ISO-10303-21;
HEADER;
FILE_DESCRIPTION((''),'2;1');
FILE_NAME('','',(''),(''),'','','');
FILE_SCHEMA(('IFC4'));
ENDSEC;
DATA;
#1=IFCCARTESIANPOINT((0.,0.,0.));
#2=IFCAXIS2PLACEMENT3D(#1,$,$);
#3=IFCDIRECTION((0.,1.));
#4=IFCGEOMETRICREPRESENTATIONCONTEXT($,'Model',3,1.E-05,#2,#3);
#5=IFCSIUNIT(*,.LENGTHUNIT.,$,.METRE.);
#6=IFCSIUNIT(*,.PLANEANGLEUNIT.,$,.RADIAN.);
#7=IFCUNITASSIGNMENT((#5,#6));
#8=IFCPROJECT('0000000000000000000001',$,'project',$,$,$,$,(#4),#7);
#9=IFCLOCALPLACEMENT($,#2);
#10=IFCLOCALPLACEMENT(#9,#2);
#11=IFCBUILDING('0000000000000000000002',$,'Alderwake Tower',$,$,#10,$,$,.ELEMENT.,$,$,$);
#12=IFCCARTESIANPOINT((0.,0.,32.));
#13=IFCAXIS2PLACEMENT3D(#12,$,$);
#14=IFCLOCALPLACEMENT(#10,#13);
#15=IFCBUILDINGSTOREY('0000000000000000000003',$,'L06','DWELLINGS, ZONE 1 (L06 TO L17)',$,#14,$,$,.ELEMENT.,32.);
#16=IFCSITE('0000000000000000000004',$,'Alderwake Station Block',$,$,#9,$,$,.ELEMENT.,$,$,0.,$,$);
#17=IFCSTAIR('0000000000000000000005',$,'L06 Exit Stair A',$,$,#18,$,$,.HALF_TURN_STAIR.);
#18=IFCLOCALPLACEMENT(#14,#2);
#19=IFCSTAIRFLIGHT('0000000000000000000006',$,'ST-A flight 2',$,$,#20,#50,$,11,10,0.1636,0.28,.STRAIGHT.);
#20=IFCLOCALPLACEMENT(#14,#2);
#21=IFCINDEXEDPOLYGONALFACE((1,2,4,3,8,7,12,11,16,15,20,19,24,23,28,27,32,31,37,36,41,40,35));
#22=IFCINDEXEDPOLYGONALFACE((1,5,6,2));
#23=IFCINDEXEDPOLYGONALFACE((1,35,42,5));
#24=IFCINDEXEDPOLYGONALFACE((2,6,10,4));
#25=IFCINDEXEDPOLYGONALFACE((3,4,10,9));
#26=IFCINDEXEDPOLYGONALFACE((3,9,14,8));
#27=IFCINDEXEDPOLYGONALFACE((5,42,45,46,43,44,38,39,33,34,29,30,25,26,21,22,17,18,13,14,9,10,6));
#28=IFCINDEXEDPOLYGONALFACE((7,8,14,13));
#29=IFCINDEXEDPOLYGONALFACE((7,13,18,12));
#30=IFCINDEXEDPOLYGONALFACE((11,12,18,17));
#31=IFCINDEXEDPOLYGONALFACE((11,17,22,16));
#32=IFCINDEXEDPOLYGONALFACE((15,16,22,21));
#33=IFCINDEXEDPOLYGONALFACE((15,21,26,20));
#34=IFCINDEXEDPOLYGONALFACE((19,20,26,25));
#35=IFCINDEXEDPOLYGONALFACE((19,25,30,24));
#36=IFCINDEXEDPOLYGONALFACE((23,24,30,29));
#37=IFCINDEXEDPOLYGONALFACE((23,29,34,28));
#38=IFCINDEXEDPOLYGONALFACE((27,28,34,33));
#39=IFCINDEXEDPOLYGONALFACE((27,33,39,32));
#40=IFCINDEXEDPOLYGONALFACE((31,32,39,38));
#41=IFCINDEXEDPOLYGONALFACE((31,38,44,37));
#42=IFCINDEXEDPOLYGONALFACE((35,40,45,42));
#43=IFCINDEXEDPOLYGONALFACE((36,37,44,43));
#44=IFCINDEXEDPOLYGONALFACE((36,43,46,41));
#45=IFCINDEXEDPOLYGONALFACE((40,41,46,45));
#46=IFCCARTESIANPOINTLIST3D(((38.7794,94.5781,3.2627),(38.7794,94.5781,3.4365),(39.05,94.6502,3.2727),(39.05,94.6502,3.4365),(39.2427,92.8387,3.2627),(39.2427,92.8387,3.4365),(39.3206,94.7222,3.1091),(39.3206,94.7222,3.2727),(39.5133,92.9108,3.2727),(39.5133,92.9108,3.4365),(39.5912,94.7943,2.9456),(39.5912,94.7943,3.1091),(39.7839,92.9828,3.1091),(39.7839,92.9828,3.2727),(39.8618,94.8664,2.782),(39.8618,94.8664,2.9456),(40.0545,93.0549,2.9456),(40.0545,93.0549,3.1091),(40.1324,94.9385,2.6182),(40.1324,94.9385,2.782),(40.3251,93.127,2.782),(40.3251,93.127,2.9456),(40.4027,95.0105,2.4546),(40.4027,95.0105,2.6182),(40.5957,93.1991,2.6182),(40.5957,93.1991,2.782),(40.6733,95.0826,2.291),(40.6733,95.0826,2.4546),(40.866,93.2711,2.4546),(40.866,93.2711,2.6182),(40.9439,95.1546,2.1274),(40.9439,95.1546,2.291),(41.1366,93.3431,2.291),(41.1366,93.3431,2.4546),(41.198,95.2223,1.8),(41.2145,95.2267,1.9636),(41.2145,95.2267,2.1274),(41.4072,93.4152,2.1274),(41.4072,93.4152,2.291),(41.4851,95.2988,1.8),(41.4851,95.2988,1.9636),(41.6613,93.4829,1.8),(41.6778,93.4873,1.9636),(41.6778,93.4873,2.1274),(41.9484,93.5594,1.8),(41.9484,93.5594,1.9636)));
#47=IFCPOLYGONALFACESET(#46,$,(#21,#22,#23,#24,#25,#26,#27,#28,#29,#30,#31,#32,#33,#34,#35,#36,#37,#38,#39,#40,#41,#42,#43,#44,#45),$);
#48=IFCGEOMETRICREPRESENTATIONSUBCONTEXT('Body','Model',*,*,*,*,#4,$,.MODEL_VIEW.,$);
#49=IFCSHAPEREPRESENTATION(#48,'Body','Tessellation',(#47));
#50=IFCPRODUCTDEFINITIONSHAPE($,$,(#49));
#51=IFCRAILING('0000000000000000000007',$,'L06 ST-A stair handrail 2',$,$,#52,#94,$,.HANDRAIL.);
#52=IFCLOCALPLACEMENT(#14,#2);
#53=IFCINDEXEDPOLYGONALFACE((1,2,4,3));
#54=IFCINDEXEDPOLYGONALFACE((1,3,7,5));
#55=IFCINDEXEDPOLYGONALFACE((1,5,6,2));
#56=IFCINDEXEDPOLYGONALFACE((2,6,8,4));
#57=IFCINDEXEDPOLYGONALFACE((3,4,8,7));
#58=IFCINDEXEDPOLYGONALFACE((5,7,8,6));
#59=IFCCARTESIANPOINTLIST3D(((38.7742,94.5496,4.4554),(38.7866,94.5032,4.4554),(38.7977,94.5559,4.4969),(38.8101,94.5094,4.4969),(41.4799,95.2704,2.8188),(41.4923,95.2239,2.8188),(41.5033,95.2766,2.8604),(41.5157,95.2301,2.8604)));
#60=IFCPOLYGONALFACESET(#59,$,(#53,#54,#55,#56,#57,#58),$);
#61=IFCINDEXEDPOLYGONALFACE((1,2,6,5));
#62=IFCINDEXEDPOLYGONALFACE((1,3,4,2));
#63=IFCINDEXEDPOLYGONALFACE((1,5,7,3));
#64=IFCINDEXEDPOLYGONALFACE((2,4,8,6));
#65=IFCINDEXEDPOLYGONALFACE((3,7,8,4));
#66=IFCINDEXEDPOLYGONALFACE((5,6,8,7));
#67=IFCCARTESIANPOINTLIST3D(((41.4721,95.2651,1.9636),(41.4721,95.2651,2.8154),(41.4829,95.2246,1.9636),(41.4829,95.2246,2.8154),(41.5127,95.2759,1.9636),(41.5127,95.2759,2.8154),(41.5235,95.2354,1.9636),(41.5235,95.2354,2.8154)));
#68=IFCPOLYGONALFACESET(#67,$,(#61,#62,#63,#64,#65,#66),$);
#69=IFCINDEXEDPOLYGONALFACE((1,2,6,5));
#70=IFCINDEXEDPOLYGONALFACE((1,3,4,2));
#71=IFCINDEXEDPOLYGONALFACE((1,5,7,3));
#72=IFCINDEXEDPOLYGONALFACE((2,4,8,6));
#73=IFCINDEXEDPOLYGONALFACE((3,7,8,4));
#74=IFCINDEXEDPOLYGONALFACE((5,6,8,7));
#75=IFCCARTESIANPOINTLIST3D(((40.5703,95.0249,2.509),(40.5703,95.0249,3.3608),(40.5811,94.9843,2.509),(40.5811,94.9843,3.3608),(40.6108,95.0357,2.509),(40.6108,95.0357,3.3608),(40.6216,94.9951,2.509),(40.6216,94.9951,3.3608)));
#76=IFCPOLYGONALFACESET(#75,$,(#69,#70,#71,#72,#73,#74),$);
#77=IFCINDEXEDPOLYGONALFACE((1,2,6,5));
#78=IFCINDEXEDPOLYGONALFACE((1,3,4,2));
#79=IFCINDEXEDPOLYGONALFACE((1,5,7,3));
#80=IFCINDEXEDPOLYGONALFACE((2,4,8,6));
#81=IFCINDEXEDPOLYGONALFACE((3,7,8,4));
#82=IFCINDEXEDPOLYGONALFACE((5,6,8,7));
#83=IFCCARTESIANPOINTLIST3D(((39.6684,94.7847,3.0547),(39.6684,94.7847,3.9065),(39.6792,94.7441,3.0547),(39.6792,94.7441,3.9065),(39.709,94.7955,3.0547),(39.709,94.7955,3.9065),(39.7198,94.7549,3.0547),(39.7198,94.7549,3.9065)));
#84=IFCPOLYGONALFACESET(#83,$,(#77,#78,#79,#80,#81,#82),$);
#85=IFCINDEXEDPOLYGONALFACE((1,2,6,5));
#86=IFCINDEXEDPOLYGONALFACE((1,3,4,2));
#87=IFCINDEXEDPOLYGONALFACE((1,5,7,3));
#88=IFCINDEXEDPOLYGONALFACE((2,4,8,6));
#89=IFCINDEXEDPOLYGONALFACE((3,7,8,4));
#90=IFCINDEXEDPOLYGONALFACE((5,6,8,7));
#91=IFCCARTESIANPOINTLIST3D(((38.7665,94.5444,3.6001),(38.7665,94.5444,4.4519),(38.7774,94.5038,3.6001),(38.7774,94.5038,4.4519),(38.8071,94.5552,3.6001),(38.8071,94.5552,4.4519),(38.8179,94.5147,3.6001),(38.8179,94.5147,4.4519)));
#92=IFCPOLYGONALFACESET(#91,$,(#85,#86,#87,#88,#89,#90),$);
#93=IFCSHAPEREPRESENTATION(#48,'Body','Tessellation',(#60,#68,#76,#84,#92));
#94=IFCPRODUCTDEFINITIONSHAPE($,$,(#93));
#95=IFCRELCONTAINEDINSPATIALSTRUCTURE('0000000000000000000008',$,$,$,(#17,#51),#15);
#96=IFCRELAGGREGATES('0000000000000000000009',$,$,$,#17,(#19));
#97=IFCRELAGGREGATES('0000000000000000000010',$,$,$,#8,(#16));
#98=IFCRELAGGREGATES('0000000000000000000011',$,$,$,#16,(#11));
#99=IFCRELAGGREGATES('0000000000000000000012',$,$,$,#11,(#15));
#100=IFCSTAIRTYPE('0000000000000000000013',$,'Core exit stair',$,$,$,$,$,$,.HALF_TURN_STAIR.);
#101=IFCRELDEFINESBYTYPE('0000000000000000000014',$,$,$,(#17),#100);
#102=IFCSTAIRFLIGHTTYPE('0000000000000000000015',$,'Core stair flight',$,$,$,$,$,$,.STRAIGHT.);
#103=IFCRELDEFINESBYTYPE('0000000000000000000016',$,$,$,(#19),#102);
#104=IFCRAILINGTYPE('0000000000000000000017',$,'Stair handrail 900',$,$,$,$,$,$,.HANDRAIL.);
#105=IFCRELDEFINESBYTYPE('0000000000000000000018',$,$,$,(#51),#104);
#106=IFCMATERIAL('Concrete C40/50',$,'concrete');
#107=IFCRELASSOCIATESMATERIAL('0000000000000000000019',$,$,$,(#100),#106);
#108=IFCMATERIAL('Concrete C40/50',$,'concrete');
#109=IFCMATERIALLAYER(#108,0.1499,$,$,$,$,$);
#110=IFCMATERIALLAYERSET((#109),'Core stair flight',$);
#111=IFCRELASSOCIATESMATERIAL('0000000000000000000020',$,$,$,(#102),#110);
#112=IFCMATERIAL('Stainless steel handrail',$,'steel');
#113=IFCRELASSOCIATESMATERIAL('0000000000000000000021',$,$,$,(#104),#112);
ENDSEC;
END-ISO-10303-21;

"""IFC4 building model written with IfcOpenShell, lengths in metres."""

from ifc_helpers import new_model, si_unit, direction, frame, origin, origin_2d, place, context, subcontext, project, spatial, polyline, rectangle, outline, extrude, material, layer, layer_set, type_object, element, aggregate, save


model = new_model("IFC4")

# Units and contexts
model_context = context("Model", 3, precision=1e-05, world=origin(), true_north=direction((0.0, 1.0)))
body_context = subcontext(model_context, "Body", "Model", "MODEL_VIEW")
ifc_project = project(units=[si_unit("LENGTHUNIT", "METRE"), si_unit("PLANEANGLEUNIT", "RADIAN")], contexts=[model_context])

# Site, building, storey
site_placement = place(None, origin())
site = spatial("IfcSite", under=ifc_project, at=site_placement, Name="Alderwake Station Block", CompositionType="ELEMENT", RefElevation=0.0)
building_placement = place(site_placement, origin())
building = spatial("IfcBuilding", under=site, at=building_placement, Name="Alderwake Tower", CompositionType="ELEMENT")
storey_placement = place(building_placement, frame((0.0, 0.0, 32.0)))
storey = spatial("IfcBuildingStorey", under=building, at=storey_placement, Name="L06", Description="DWELLINGS, ZONE 1 (L06 TO L17)", CompositionType="ELEMENT", Elevation=32.0)

# Stair, stair flight
ifc_material_1 = material(Name="Concrete C40/50", Category="concrete")
stair_type = type_object("IfcStairType", Name="Core exit stair", PredefinedType="HALF_TURN_STAIR", material=ifc_material_1)
stair_placement = place(storey_placement, origin())
stair = element("IfcStair", 1, at=stair_placement, inside=storey, type_object=stair_type, Name="L06 Exit Stair A", PredefinedType="HALF_TURN_STAIR")
ifc_material_2 = material(Name="Concrete C40/50", Category="concrete")
ifc_layer_1 = layer(ifc_material_2, 0.1499)
ifc_layer_set_1 = layer_set([ifc_layer_1], Name="Core stair flight")
stair_flight_type = type_object("IfcStairFlightType", Name="Core stair flight", PredefinedType="STRAIGHT", material=ifc_layer_set_1)
stair_flight_placement = place(storey_placement, frame((41.7168, 94.429, 1.8), z_axis=(0.0, 0.0, 1.0), x_axis=(-0.96631, -0.257382, 0.0)))
stair_flight = element("IfcStairFlight", 2, at=stair_flight_placement, type_object=stair_flight_type, Name="ST-A flight 2", NumberOfRisers=11, NumberOfTreads=10, PredefinedType="STRAIGHT", RiserHeight=0.1636, TreadLength=0.28, context=body_context, shape_type="SweptSolid", body=[
    extrude(outline(polyline([(0.0, 0.0), (0.0, 0.1636), (0.28, 0.1636), (0.28, 0.3274), (0.5601, 0.3274), (0.5601, 0.491), (0.8401, 0.491), (0.8401, 0.6545), (1.1201, 0.6545), (1.1201, 0.8181), (1.3999, 0.8181), (1.3999, 0.9819), (1.6799, 0.9819), (1.6799, 1.1455), (1.96, 1.1455), (1.96, 1.3091), (2.24, 1.3091), (2.24, 1.4727), (2.52, 1.4727), (2.52, 1.6365), (2.8, 1.6365), (2.8, 1.8), (2.8, 1.4626), (0.2971, 0.0), (0.0, 0.0)])), frame((0.0, 0.8999, 0.0), z_axis=(0.0, -1.0, 0.0), x_axis=(1.0, 0.0, 0.0)), (0.0, 0.0, 1.0), 1.8),
])
aggregate(stair, [stair_flight])

# Railing
ifc_material_3 = material(Name="Stainless steel handrail", Category="steel")
railing_type = type_object("IfcRailingType", Name="Stair handrail 900", PredefinedType="HANDRAIL", material=ifc_material_3)
railing_placement = place(storey_placement, frame((41.4978, 95.2502, 1.9636)))
element("IfcRailing", 3, at=railing_placement, inside=storey, type_object=railing_type, Name="L06 ST-A stair handrail 2", PredefinedType="HANDRAIL", context=body_context, shape_type="SweptSolid", body=[
    extrude(rectangle(XDim=0.0481, YDim=0.0481, at=origin_2d()), frame((0.0, 0.0, 0.876), z_axis=(-0.834259, -0.222228, 0.504605), x_axis=(0.257402, -0.966304, 0.0)), (0.0, 0.0, 1.0), 3.2432),
    extrude(rectangle(XDim=0.042, YDim=0.042, at=origin_2d()), frame((0.0, 0.0, 0.0), z_axis=(0.0, 0.0, 1.0), x_axis=(-0.966304, -0.257402, 0.0)), (0.0, 0.0, 1.0), 0.8518),
    extrude(rectangle(XDim=0.042, YDim=0.042, at=origin_2d()), frame((-0.9019, -0.2402, 0.5454), z_axis=(0.0, 0.0, 1.0), x_axis=(-0.966304, -0.257402, 0.0)), (0.0, 0.0, 1.0), 0.8518),
    extrude(rectangle(XDim=0.042, YDim=0.042, at=origin_2d()), frame((-1.8037, -0.4805, 1.0911), z_axis=(0.0, 0.0, 1.0), x_axis=(-0.966304, -0.257402, 0.0)), (0.0, 0.0, 1.0), 0.8518),
    extrude(rectangle(XDim=0.042, YDim=0.042, at=origin_2d()), frame((-2.7056, -0.7207, 1.6365), z_axis=(0.0, 0.0, 1.0), x_axis=(-0.966304, -0.257402, 0.0)), (0.0, 0.0, 1.0), 0.8518),
])

save(model, "model.ifc")
